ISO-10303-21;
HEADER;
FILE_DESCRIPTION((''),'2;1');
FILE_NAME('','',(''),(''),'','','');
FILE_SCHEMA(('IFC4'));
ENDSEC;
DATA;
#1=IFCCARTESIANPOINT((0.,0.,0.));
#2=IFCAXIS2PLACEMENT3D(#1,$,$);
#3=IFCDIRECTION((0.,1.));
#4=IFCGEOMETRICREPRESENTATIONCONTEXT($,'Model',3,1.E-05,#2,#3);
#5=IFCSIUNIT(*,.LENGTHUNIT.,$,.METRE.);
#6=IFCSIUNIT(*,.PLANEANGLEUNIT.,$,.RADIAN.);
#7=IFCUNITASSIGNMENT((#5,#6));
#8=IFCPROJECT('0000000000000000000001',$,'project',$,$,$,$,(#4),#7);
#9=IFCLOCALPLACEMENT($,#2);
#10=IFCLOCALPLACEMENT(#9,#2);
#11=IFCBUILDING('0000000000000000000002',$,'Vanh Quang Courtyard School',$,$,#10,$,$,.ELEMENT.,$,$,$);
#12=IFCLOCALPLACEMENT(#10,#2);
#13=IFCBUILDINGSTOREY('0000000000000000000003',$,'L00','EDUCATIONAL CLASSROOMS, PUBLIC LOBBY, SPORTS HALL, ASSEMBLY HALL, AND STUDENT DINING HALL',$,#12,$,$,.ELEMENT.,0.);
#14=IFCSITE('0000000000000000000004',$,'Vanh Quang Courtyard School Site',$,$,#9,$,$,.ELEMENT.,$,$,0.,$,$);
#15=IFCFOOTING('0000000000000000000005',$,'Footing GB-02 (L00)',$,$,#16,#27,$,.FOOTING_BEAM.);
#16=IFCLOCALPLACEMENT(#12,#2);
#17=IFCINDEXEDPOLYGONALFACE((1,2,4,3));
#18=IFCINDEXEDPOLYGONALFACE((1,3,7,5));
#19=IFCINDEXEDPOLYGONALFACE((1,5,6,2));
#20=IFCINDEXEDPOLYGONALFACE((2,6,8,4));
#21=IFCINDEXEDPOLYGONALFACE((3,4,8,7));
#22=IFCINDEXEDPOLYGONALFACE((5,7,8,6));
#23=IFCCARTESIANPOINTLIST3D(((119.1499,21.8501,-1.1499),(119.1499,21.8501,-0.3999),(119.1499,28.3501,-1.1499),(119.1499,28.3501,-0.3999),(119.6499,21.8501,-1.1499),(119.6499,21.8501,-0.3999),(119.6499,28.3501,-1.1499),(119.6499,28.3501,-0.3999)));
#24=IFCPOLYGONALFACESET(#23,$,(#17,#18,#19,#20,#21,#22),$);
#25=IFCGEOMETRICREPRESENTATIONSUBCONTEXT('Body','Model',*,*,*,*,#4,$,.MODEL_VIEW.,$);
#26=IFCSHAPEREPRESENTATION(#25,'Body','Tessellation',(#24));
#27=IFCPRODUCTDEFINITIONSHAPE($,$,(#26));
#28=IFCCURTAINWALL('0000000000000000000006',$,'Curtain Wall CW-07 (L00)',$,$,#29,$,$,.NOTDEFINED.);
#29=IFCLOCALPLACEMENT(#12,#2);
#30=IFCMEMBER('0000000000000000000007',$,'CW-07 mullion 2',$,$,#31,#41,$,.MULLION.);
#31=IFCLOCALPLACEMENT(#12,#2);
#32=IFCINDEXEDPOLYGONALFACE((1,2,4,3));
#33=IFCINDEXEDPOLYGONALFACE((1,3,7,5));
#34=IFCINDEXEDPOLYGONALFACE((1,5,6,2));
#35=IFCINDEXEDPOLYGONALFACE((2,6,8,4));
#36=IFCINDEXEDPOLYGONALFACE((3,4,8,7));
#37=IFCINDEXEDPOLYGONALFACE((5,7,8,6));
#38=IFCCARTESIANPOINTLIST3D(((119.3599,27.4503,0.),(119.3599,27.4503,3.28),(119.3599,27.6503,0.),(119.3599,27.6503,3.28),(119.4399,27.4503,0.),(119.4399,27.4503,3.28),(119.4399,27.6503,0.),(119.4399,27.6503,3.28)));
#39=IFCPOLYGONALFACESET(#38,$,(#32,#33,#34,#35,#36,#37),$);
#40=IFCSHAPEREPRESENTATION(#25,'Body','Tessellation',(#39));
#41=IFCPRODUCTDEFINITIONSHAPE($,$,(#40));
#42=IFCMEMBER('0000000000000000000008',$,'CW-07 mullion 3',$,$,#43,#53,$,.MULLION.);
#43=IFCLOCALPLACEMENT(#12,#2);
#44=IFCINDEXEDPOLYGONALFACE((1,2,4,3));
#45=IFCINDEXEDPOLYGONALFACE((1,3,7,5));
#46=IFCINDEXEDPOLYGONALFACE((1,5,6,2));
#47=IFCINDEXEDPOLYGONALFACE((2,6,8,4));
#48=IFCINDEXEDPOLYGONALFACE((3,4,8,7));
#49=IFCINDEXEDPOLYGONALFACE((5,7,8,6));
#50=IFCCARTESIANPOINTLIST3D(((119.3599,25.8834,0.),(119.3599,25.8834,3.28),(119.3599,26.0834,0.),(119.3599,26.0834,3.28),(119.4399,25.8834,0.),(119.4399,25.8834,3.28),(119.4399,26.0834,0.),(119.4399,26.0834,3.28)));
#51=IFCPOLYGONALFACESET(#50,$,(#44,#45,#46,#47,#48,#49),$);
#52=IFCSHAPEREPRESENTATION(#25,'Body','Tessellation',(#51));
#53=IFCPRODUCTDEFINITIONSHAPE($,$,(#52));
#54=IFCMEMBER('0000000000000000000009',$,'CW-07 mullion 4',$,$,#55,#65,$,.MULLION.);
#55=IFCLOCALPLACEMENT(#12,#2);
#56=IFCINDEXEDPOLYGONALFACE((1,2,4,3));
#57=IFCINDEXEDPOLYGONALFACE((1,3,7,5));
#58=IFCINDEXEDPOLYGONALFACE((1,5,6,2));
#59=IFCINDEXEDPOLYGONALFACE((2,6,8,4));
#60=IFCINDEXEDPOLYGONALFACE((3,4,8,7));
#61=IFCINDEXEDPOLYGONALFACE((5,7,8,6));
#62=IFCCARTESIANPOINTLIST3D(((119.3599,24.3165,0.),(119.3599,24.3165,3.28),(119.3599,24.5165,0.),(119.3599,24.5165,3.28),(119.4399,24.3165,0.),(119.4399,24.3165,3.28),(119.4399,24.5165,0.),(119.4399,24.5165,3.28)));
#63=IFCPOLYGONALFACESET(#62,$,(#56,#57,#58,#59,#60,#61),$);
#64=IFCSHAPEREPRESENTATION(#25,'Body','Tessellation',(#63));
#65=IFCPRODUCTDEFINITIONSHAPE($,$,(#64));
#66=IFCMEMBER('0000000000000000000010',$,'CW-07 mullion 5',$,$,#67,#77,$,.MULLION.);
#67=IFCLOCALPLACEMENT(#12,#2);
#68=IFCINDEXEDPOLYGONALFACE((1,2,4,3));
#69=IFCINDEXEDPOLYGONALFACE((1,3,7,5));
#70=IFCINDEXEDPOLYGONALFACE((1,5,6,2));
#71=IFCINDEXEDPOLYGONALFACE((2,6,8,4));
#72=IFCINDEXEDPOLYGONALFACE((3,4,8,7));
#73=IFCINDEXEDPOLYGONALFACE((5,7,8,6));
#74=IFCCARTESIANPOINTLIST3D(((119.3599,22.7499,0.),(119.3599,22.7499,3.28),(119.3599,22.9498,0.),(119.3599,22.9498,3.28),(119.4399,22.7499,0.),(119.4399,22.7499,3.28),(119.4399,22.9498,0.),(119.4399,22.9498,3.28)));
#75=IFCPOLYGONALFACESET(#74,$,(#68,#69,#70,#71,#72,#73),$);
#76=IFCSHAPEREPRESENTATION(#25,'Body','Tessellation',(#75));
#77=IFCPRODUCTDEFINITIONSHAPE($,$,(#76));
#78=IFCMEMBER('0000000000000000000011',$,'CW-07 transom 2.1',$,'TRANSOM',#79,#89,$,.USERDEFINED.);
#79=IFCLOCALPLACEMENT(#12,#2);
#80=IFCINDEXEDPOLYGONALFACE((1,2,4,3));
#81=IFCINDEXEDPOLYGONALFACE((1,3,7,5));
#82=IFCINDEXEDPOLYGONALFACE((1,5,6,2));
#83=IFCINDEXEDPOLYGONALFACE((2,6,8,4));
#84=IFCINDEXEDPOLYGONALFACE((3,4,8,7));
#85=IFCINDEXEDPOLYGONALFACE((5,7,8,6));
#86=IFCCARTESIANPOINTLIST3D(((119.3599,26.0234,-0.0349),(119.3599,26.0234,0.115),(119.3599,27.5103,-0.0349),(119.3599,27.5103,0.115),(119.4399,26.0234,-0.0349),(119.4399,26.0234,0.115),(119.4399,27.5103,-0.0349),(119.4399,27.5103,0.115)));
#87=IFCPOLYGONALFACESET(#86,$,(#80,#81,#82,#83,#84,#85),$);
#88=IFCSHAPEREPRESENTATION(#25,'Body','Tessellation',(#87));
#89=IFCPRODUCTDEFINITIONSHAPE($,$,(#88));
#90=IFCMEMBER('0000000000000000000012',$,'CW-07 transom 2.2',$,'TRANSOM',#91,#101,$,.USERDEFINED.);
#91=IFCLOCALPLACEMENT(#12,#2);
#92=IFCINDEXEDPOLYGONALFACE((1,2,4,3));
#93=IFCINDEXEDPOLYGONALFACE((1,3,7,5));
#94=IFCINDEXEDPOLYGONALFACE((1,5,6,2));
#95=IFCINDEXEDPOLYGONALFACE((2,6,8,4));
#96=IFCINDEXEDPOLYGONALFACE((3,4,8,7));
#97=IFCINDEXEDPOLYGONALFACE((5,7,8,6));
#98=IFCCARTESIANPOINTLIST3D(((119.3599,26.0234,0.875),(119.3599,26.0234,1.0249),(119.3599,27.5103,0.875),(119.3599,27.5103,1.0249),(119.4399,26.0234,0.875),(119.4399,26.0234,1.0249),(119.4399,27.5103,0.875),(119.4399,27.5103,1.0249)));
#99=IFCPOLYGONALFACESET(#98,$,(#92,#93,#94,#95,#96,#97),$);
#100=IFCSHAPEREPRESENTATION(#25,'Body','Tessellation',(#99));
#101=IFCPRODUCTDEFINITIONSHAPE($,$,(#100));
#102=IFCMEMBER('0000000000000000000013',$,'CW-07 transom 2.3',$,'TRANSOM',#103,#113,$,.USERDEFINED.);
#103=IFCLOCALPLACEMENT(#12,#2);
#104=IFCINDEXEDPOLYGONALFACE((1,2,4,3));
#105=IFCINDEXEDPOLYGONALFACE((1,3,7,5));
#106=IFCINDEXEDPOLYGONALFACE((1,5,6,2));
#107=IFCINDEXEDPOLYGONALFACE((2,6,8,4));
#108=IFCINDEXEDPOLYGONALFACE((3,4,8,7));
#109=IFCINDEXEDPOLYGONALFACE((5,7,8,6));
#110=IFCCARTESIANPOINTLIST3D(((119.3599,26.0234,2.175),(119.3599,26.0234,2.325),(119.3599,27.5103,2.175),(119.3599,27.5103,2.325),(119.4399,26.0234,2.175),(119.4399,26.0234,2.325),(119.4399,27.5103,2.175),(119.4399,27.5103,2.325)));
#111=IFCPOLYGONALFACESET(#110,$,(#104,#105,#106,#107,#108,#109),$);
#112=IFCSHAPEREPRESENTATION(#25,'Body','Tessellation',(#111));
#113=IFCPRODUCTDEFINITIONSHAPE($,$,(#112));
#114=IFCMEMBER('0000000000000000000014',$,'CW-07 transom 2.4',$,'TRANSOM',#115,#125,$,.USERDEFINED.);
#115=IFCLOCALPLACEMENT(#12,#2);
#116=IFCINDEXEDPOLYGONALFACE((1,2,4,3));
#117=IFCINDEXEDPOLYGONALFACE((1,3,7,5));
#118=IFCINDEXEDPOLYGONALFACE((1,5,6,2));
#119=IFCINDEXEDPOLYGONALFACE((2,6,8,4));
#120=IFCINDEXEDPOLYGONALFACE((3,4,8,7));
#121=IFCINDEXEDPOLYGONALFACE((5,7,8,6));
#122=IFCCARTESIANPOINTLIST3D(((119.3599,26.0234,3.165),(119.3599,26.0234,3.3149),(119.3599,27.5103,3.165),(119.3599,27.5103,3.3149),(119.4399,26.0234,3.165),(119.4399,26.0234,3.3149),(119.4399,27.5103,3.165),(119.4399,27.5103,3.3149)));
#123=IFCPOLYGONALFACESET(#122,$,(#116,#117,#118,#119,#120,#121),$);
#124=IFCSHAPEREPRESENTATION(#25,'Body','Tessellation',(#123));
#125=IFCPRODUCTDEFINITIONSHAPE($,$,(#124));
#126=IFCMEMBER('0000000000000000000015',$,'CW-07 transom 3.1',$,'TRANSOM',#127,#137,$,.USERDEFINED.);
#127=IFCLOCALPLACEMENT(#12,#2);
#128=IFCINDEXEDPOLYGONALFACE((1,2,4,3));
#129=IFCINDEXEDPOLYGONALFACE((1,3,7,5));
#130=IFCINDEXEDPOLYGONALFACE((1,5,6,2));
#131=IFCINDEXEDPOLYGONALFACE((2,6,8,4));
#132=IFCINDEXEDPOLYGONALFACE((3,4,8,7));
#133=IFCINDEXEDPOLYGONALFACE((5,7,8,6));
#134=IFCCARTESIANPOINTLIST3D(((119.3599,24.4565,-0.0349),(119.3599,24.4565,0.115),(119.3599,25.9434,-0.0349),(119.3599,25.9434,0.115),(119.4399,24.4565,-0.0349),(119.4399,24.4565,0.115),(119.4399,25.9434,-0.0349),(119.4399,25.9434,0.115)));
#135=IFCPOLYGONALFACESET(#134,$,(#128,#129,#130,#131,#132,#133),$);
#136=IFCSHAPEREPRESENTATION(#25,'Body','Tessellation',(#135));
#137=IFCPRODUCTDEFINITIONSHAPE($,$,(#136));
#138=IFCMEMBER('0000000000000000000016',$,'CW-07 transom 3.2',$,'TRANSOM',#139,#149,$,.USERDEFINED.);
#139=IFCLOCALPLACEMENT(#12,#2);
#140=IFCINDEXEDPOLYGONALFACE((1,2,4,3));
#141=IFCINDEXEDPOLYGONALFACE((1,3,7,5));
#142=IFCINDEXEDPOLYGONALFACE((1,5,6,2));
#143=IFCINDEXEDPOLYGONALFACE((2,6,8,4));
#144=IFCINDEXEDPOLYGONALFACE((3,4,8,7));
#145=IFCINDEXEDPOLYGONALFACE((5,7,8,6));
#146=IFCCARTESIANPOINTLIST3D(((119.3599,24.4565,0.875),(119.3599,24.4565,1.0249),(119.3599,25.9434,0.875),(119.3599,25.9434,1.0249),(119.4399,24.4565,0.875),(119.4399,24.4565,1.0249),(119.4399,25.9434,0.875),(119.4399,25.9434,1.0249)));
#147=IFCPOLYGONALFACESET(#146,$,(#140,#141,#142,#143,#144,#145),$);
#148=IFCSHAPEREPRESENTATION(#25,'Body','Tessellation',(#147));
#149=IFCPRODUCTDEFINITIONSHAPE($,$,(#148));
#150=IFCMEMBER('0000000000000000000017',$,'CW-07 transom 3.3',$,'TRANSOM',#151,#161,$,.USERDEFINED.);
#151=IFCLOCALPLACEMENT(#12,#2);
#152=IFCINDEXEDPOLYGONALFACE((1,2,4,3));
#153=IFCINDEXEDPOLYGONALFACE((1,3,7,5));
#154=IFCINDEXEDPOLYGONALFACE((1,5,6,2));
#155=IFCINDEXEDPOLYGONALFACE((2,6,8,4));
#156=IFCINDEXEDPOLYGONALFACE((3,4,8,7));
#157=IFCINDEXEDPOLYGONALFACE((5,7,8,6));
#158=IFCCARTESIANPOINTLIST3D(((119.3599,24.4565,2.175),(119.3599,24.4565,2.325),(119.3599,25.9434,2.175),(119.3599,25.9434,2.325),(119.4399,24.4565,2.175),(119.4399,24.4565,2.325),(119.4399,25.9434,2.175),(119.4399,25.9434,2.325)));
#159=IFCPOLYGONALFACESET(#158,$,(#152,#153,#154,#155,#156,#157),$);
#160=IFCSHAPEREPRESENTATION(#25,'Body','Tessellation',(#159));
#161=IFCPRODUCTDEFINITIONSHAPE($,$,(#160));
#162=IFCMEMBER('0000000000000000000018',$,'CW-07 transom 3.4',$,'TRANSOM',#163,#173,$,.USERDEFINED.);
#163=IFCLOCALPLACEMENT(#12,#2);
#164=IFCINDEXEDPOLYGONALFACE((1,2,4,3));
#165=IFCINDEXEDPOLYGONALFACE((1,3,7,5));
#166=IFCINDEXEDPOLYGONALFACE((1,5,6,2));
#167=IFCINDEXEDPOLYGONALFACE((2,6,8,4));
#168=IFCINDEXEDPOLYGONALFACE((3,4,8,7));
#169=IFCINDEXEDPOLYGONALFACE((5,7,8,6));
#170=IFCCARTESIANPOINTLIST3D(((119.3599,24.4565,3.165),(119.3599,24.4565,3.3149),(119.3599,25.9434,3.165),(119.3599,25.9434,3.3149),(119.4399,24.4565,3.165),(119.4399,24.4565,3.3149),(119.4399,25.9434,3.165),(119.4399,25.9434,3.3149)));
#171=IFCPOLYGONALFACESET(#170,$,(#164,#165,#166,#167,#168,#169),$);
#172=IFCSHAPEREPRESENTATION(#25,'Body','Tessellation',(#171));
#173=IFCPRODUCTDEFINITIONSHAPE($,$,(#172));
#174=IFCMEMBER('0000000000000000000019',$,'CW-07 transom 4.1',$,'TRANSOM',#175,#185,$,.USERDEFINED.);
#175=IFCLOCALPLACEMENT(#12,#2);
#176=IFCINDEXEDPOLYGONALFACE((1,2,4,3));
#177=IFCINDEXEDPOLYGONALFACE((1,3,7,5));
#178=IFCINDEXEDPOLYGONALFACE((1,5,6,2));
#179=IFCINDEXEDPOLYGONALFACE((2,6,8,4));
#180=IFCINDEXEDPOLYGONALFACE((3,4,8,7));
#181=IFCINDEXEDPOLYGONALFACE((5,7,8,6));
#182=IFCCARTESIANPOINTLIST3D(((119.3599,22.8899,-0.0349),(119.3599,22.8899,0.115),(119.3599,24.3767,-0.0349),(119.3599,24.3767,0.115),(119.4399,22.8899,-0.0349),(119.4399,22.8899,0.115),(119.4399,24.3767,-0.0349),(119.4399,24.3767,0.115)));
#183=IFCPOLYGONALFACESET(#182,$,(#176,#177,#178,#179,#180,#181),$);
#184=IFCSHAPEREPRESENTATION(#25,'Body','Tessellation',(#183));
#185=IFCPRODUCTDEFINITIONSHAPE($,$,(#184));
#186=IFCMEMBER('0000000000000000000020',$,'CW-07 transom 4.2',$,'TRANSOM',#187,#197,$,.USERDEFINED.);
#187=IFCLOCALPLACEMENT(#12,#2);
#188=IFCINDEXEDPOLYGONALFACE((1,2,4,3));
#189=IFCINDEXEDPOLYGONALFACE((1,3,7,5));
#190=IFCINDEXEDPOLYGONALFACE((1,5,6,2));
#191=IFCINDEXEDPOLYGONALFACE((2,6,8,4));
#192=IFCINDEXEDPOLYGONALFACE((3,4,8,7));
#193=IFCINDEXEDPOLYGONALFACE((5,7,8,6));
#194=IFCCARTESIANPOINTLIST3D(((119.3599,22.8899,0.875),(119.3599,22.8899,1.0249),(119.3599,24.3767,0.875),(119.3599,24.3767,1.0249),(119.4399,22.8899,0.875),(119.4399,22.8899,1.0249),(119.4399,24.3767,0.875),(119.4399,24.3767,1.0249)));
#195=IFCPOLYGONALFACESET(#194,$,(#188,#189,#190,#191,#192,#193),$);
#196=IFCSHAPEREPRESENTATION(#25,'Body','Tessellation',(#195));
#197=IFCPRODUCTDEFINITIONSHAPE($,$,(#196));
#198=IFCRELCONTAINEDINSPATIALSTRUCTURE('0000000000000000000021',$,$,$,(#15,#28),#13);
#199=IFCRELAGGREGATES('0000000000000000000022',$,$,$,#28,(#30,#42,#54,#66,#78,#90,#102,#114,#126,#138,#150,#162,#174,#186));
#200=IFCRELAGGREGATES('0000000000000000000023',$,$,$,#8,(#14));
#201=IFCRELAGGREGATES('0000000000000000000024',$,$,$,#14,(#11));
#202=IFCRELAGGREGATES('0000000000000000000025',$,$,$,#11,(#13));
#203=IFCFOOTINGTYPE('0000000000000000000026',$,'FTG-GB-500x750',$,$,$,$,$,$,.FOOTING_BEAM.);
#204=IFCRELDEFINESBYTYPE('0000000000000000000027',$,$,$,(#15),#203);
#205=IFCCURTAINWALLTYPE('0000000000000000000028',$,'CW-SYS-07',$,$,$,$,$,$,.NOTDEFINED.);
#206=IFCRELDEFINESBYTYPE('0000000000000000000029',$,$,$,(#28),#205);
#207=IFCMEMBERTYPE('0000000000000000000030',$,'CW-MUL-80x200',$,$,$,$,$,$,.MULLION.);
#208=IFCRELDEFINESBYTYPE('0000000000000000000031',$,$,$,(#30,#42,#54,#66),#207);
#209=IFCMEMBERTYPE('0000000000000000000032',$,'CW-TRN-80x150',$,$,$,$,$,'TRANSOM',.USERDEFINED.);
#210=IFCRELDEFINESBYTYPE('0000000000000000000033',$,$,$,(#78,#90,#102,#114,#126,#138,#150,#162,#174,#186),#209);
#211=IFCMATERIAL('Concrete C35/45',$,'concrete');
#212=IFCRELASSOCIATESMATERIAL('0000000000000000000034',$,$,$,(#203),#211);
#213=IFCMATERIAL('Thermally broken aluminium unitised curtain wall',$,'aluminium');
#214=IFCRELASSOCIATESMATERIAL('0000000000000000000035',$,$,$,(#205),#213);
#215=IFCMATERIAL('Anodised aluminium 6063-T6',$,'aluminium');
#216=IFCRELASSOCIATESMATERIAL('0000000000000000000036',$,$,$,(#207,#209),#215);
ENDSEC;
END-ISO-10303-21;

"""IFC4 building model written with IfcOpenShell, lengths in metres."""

from ifc_helpers import new_model, si_unit, direction, frame, origin, origin_2d, place, context, subcontext, project, spatial, rectangle, extrude, material, material_profile, profile_set, type_object, element, aggregate, save


model = new_model("IFC4")

# Units and contexts
model_context = context("Model", 3, precision=1e-05, world=origin(), true_north=direction((0.0, 1.0)))
body_context = subcontext(model_context, "Body", "Model", "MODEL_VIEW")
ifc_project = project(units=[si_unit("LENGTHUNIT", "METRE"), si_unit("PLANEANGLEUNIT", "RADIAN")], contexts=[model_context])

# Site, building, storey
site_placement = place(None, origin())
site = spatial("IfcSite", under=ifc_project, at=site_placement, Name="Vanh Quang Courtyard School Site", CompositionType="ELEMENT", RefElevation=0.0)
building_placement = place(site_placement, origin())
building = spatial("IfcBuilding", under=site, at=building_placement, Name="Vanh Quang Courtyard School", CompositionType="ELEMENT")
storey_placement = place(building_placement, origin())
storey = spatial("IfcBuildingStorey", under=building, at=storey_placement, Name="L00", Description="EDUCATIONAL CLASSROOMS, PUBLIC LOBBY, SPORTS HALL, ASSEMBLY HALL, AND STUDENT DINING HALL", CompositionType="ELEMENT", Elevation=0.0)

# Footing
ifc_material_1 = material(Name="Concrete C35/45", Category="concrete")
footing_type = type_object("IfcFootingType", Name="FTG-GB-500x750", PredefinedType="FOOTING_BEAM", material=ifc_material_1)
footing_placement = place(storey_placement, frame((119.3999, 25.1001, -1.1499), z_axis=(0.0, 0.0, 1.0), x_axis=(0.0, 1.0, 0.0)))
element("IfcFooting", 1, at=footing_placement, inside=storey, type_object=footing_type, Name="Footing GB-02 (L00)", PredefinedType="FOOTING_BEAM", context=body_context, shape_type="SweptSolid", body=[
    extrude(rectangle(XDim=6.5, YDim=0.5, at=origin_2d()), origin(), (0.0, 0.0, 1.0), 0.75),
])

# Curtain wall, members
ifc_material_2 = material(Name="Thermally broken aluminium unitised curtain wall", Category="aluminium")
curtain_wall_type = type_object("IfcCurtainWallType", Name="CW-SYS-07", PredefinedType="NOTDEFINED", material=ifc_material_2)
curtain_wall_placement = place(storey_placement, origin())
curtain_wall = element("IfcCurtainWall", 2, at=curtain_wall_placement, inside=storey, type_object=curtain_wall_type, Name="Curtain Wall CW-07 (L00)", PredefinedType="NOTDEFINED")
ifc_material_3 = material(Name="Anodised aluminium 6063-T6", Category="aluminium")
ifc_material_profile_1 = material_profile(ifc_material_3, rectangle(XDim=0.0801, YDim=0.2, at=origin_2d()), Name="ALU-MUL 80x200")
ifc_profile_set_1 = profile_set([ifc_material_profile_1], Name="Anodised aluminium 6063-T6")
member_type_1 = type_object("IfcMemberType", Name="CW-MUL-80x200", PredefinedType="MULLION", material=ifc_profile_set_1)
member_1_placement = place(storey_placement, frame((119.3999, 27.5503, 0.0), z_axis=(0.0, 0.0, 1.0), x_axis=(1.0, 0.0, 0.0)))
member_1 = element("IfcMember", 3, at=member_1_placement, type_object=member_type_1, Name="CW-07 mullion 2", PredefinedType="MULLION", context=body_context, shape_type="SweptSolid", body=[
    extrude(rectangle(XDim=0.0801, YDim=0.2, at=origin_2d()), origin(), (0.0, 0.0, 1.0), 3.28),
])
member_2_placement = place(storey_placement, frame((119.3999, 25.9834, 0.0), z_axis=(0.0, 0.0, 1.0), x_axis=(1.0, 0.0, 0.0)))
member_2 = element("IfcMember", 4, at=member_2_placement, type_object=member_type_1, Name="CW-07 mullion 3", PredefinedType="MULLION", context=body_context, shape_type="SweptSolid", body=[
    extrude(rectangle(XDim=0.0801, YDim=0.2, at=origin_2d()), origin(), (0.0, 0.0, 1.0), 3.28),
])
member_3_placement = place(storey_placement, frame((119.3999, 24.4165, 0.0), z_axis=(0.0, 0.0, 1.0), x_axis=(1.0, 0.0, 0.0)))
member_3 = element("IfcMember", 5, at=member_3_placement, type_object=member_type_1, Name="CW-07 mullion 4", PredefinedType="MULLION", context=body_context, shape_type="SweptSolid", body=[
    extrude(rectangle(XDim=0.0801, YDim=0.2, at=origin_2d()), origin(), (0.0, 0.0, 1.0), 3.28),
])
member_4_placement = place(storey_placement, frame((119.3999, 22.8499, 0.0), z_axis=(0.0, 0.0, 1.0), x_axis=(1.0, 0.0, 0.0)))
member_4 = element("IfcMember", 6, at=member_4_placement, type_object=member_type_1, Name="CW-07 mullion 5", PredefinedType="MULLION", context=body_context, shape_type="SweptSolid", body=[
    extrude(rectangle(XDim=0.0801, YDim=0.2, at=origin_2d()), origin(), (0.0, 0.0, 1.0), 3.28),
])
ifc_material_profile_2 = material_profile(ifc_material_3, rectangle(XDim=0.0801, YDim=0.1499, at=origin_2d()), Name="ALU-TRN 80x150")
ifc_profile_set_2 = profile_set([ifc_material_profile_2], Name="Anodised aluminium 6063-T6")
member_type_2 = type_object("IfcMemberType", Name="CW-TRN-80x150", ElementType="TRANSOM", PredefinedType="USERDEFINED", material=ifc_profile_set_2)
member_5_placement = place(storey_placement, frame((119.3999, 27.5103, 0.04), z_axis=(0.0, -1.0, 0.0), x_axis=(1.0, 0.0, 0.0)))
member_5 = element("IfcMember", 7, at=member_5_placement, type_object=member_type_2, Name="CW-07 transom 2.1", ObjectType="TRANSOM", PredefinedType="USERDEFINED", context=body_context, shape_type="SweptSolid", body=[
    extrude(rectangle(XDim=0.0801, YDim=0.1499, at=origin_2d()), origin(), (0.0, 0.0, 1.0), 1.4868),
])
member_6_placement = place(storey_placement, frame((119.3999, 27.5103, 0.95), z_axis=(0.0, -1.0, 0.0), x_axis=(1.0, 0.0, 0.0)))
member_6 = element("IfcMember", 8, at=member_6_placement, type_object=member_type_2, Name="CW-07 transom 2.2", ObjectType="TRANSOM", PredefinedType="USERDEFINED", context=body_context, shape_type="SweptSolid", body=[
    extrude(rectangle(XDim=0.0801, YDim=0.1499, at=origin_2d()), origin(), (0.0, 0.0, 1.0), 1.4868),
])
member_7_placement = place(storey_placement, frame((119.3999, 27.5103, 2.25), z_axis=(0.0, -1.0, 0.0), x_axis=(1.0, 0.0, 0.0)))
member_7 = element("IfcMember", 9, at=member_7_placement, type_object=member_type_2, Name="CW-07 transom 2.3", ObjectType="TRANSOM", PredefinedType="USERDEFINED", context=body_context, shape_type="SweptSolid", body=[
    extrude(rectangle(XDim=0.0801, YDim=0.1499, at=origin_2d()), origin(), (0.0, 0.0, 1.0), 1.4868),
])
member_8_placement = place(storey_placement, frame((119.3999, 27.5103, 3.24), z_axis=(0.0, -1.0, 0.0), x_axis=(1.0, 0.0, 0.0)))
member_8 = element("IfcMember", 10, at=member_8_placement, type_object=member_type_2, Name="CW-07 transom 2.4", ObjectType="TRANSOM", PredefinedType="USERDEFINED", context=body_context, shape_type="SweptSolid", body=[
    extrude(rectangle(XDim=0.0801, YDim=0.1499, at=origin_2d()), origin(), (0.0, 0.0, 1.0), 1.4868),
])
member_9_placement = place(storey_placement, frame((119.3999, 25.9434, 0.04), z_axis=(0.0, -1.0, 0.0), x_axis=(1.0, 0.0, 0.0)))
member_9 = element("IfcMember", 11, at=member_9_placement, type_object=member_type_2, Name="CW-07 transom 3.1", ObjectType="TRANSOM", PredefinedType="USERDEFINED", context=body_context, shape_type="SweptSolid", body=[
    extrude(rectangle(XDim=0.0801, YDim=0.1499, at=origin_2d()), origin(), (0.0, 0.0, 1.0), 1.4868),
])
member_10_placement = place(storey_placement, frame((119.3999, 25.9434, 0.95), z_axis=(0.0, -1.0, 0.0), x_axis=(1.0, 0.0, 0.0)))
member_10 = element("IfcMember", 12, at=member_10_placement, type_object=member_type_2, Name="CW-07 transom 3.2", ObjectType="TRANSOM", PredefinedType="USERDEFINED", context=body_context, shape_type="SweptSolid", body=[
    extrude(rectangle(XDim=0.0801, YDim=0.1499, at=origin_2d()), origin(), (0.0, 0.0, 1.0), 1.4868),
])
member_11_placement = place(storey_placement, frame((119.3999, 25.9434, 2.25), z_axis=(0.0, -1.0, 0.0), x_axis=(1.0, 0.0, 0.0)))
member_11 = element("IfcMember", 13, at=member_11_placement, type_object=member_type_2, Name="CW-07 transom 3.3", ObjectType="TRANSOM", PredefinedType="USERDEFINED", context=body_context, shape_type="SweptSolid", body=[
    extrude(rectangle(XDim=0.0801, YDim=0.1499, at=origin_2d()), origin(), (0.0, 0.0, 1.0), 1.4868),
])
member_12_placement = place(storey_placement, frame((119.3999, 25.9434, 3.24), z_axis=(0.0, -1.0, 0.0), x_axis=(1.0, 0.0, 0.0)))
member_12 = element("IfcMember", 14, at=member_12_placement, type_object=member_type_2, Name="CW-07 transom 3.4", ObjectType="TRANSOM", PredefinedType="USERDEFINED", context=body_context, shape_type="SweptSolid", body=[
    extrude(rectangle(XDim=0.0801, YDim=0.1499, at=origin_2d()), origin(), (0.0, 0.0, 1.0), 1.4868),
])
member_13_placement = place(storey_placement, frame((119.3999, 24.3767, 0.04), z_axis=(0.0, -1.0, 0.0), x_axis=(1.0, 0.0, 0.0)))
member_13 = element("IfcMember", 15, at=member_13_placement, type_object=member_type_2, Name="CW-07 transom 4.1", ObjectType="TRANSOM", PredefinedType="USERDEFINED", context=body_context, shape_type="SweptSolid", body=[
    extrude(rectangle(XDim=0.0801, YDim=0.1499, at=origin_2d()), origin(), (0.0, 0.0, 1.0), 1.4868),
])
member_14_placement = place(storey_placement, frame((119.3999, 24.3767, 0.95), z_axis=(0.0, -1.0, 0.0), x_axis=(1.0, 0.0, 0.0)))
member_14 = element("IfcMember", 16, at=member_14_placement, type_object=member_type_2, Name="CW-07 transom 4.2", ObjectType="TRANSOM", PredefinedType="USERDEFINED", context=body_context, shape_type="SweptSolid", body=[
    extrude(rectangle(XDim=0.0801, YDim=0.1499, at=origin_2d()), origin(), (0.0, 0.0, 1.0), 1.4868),
])
aggregate(curtain_wall, [member_1, member_2, member_3, member_4, member_5, member_6, member_7, member_8, member_9, member_10, member_11, member_12, member_13, member_14])

save(model, "model.ifc")
